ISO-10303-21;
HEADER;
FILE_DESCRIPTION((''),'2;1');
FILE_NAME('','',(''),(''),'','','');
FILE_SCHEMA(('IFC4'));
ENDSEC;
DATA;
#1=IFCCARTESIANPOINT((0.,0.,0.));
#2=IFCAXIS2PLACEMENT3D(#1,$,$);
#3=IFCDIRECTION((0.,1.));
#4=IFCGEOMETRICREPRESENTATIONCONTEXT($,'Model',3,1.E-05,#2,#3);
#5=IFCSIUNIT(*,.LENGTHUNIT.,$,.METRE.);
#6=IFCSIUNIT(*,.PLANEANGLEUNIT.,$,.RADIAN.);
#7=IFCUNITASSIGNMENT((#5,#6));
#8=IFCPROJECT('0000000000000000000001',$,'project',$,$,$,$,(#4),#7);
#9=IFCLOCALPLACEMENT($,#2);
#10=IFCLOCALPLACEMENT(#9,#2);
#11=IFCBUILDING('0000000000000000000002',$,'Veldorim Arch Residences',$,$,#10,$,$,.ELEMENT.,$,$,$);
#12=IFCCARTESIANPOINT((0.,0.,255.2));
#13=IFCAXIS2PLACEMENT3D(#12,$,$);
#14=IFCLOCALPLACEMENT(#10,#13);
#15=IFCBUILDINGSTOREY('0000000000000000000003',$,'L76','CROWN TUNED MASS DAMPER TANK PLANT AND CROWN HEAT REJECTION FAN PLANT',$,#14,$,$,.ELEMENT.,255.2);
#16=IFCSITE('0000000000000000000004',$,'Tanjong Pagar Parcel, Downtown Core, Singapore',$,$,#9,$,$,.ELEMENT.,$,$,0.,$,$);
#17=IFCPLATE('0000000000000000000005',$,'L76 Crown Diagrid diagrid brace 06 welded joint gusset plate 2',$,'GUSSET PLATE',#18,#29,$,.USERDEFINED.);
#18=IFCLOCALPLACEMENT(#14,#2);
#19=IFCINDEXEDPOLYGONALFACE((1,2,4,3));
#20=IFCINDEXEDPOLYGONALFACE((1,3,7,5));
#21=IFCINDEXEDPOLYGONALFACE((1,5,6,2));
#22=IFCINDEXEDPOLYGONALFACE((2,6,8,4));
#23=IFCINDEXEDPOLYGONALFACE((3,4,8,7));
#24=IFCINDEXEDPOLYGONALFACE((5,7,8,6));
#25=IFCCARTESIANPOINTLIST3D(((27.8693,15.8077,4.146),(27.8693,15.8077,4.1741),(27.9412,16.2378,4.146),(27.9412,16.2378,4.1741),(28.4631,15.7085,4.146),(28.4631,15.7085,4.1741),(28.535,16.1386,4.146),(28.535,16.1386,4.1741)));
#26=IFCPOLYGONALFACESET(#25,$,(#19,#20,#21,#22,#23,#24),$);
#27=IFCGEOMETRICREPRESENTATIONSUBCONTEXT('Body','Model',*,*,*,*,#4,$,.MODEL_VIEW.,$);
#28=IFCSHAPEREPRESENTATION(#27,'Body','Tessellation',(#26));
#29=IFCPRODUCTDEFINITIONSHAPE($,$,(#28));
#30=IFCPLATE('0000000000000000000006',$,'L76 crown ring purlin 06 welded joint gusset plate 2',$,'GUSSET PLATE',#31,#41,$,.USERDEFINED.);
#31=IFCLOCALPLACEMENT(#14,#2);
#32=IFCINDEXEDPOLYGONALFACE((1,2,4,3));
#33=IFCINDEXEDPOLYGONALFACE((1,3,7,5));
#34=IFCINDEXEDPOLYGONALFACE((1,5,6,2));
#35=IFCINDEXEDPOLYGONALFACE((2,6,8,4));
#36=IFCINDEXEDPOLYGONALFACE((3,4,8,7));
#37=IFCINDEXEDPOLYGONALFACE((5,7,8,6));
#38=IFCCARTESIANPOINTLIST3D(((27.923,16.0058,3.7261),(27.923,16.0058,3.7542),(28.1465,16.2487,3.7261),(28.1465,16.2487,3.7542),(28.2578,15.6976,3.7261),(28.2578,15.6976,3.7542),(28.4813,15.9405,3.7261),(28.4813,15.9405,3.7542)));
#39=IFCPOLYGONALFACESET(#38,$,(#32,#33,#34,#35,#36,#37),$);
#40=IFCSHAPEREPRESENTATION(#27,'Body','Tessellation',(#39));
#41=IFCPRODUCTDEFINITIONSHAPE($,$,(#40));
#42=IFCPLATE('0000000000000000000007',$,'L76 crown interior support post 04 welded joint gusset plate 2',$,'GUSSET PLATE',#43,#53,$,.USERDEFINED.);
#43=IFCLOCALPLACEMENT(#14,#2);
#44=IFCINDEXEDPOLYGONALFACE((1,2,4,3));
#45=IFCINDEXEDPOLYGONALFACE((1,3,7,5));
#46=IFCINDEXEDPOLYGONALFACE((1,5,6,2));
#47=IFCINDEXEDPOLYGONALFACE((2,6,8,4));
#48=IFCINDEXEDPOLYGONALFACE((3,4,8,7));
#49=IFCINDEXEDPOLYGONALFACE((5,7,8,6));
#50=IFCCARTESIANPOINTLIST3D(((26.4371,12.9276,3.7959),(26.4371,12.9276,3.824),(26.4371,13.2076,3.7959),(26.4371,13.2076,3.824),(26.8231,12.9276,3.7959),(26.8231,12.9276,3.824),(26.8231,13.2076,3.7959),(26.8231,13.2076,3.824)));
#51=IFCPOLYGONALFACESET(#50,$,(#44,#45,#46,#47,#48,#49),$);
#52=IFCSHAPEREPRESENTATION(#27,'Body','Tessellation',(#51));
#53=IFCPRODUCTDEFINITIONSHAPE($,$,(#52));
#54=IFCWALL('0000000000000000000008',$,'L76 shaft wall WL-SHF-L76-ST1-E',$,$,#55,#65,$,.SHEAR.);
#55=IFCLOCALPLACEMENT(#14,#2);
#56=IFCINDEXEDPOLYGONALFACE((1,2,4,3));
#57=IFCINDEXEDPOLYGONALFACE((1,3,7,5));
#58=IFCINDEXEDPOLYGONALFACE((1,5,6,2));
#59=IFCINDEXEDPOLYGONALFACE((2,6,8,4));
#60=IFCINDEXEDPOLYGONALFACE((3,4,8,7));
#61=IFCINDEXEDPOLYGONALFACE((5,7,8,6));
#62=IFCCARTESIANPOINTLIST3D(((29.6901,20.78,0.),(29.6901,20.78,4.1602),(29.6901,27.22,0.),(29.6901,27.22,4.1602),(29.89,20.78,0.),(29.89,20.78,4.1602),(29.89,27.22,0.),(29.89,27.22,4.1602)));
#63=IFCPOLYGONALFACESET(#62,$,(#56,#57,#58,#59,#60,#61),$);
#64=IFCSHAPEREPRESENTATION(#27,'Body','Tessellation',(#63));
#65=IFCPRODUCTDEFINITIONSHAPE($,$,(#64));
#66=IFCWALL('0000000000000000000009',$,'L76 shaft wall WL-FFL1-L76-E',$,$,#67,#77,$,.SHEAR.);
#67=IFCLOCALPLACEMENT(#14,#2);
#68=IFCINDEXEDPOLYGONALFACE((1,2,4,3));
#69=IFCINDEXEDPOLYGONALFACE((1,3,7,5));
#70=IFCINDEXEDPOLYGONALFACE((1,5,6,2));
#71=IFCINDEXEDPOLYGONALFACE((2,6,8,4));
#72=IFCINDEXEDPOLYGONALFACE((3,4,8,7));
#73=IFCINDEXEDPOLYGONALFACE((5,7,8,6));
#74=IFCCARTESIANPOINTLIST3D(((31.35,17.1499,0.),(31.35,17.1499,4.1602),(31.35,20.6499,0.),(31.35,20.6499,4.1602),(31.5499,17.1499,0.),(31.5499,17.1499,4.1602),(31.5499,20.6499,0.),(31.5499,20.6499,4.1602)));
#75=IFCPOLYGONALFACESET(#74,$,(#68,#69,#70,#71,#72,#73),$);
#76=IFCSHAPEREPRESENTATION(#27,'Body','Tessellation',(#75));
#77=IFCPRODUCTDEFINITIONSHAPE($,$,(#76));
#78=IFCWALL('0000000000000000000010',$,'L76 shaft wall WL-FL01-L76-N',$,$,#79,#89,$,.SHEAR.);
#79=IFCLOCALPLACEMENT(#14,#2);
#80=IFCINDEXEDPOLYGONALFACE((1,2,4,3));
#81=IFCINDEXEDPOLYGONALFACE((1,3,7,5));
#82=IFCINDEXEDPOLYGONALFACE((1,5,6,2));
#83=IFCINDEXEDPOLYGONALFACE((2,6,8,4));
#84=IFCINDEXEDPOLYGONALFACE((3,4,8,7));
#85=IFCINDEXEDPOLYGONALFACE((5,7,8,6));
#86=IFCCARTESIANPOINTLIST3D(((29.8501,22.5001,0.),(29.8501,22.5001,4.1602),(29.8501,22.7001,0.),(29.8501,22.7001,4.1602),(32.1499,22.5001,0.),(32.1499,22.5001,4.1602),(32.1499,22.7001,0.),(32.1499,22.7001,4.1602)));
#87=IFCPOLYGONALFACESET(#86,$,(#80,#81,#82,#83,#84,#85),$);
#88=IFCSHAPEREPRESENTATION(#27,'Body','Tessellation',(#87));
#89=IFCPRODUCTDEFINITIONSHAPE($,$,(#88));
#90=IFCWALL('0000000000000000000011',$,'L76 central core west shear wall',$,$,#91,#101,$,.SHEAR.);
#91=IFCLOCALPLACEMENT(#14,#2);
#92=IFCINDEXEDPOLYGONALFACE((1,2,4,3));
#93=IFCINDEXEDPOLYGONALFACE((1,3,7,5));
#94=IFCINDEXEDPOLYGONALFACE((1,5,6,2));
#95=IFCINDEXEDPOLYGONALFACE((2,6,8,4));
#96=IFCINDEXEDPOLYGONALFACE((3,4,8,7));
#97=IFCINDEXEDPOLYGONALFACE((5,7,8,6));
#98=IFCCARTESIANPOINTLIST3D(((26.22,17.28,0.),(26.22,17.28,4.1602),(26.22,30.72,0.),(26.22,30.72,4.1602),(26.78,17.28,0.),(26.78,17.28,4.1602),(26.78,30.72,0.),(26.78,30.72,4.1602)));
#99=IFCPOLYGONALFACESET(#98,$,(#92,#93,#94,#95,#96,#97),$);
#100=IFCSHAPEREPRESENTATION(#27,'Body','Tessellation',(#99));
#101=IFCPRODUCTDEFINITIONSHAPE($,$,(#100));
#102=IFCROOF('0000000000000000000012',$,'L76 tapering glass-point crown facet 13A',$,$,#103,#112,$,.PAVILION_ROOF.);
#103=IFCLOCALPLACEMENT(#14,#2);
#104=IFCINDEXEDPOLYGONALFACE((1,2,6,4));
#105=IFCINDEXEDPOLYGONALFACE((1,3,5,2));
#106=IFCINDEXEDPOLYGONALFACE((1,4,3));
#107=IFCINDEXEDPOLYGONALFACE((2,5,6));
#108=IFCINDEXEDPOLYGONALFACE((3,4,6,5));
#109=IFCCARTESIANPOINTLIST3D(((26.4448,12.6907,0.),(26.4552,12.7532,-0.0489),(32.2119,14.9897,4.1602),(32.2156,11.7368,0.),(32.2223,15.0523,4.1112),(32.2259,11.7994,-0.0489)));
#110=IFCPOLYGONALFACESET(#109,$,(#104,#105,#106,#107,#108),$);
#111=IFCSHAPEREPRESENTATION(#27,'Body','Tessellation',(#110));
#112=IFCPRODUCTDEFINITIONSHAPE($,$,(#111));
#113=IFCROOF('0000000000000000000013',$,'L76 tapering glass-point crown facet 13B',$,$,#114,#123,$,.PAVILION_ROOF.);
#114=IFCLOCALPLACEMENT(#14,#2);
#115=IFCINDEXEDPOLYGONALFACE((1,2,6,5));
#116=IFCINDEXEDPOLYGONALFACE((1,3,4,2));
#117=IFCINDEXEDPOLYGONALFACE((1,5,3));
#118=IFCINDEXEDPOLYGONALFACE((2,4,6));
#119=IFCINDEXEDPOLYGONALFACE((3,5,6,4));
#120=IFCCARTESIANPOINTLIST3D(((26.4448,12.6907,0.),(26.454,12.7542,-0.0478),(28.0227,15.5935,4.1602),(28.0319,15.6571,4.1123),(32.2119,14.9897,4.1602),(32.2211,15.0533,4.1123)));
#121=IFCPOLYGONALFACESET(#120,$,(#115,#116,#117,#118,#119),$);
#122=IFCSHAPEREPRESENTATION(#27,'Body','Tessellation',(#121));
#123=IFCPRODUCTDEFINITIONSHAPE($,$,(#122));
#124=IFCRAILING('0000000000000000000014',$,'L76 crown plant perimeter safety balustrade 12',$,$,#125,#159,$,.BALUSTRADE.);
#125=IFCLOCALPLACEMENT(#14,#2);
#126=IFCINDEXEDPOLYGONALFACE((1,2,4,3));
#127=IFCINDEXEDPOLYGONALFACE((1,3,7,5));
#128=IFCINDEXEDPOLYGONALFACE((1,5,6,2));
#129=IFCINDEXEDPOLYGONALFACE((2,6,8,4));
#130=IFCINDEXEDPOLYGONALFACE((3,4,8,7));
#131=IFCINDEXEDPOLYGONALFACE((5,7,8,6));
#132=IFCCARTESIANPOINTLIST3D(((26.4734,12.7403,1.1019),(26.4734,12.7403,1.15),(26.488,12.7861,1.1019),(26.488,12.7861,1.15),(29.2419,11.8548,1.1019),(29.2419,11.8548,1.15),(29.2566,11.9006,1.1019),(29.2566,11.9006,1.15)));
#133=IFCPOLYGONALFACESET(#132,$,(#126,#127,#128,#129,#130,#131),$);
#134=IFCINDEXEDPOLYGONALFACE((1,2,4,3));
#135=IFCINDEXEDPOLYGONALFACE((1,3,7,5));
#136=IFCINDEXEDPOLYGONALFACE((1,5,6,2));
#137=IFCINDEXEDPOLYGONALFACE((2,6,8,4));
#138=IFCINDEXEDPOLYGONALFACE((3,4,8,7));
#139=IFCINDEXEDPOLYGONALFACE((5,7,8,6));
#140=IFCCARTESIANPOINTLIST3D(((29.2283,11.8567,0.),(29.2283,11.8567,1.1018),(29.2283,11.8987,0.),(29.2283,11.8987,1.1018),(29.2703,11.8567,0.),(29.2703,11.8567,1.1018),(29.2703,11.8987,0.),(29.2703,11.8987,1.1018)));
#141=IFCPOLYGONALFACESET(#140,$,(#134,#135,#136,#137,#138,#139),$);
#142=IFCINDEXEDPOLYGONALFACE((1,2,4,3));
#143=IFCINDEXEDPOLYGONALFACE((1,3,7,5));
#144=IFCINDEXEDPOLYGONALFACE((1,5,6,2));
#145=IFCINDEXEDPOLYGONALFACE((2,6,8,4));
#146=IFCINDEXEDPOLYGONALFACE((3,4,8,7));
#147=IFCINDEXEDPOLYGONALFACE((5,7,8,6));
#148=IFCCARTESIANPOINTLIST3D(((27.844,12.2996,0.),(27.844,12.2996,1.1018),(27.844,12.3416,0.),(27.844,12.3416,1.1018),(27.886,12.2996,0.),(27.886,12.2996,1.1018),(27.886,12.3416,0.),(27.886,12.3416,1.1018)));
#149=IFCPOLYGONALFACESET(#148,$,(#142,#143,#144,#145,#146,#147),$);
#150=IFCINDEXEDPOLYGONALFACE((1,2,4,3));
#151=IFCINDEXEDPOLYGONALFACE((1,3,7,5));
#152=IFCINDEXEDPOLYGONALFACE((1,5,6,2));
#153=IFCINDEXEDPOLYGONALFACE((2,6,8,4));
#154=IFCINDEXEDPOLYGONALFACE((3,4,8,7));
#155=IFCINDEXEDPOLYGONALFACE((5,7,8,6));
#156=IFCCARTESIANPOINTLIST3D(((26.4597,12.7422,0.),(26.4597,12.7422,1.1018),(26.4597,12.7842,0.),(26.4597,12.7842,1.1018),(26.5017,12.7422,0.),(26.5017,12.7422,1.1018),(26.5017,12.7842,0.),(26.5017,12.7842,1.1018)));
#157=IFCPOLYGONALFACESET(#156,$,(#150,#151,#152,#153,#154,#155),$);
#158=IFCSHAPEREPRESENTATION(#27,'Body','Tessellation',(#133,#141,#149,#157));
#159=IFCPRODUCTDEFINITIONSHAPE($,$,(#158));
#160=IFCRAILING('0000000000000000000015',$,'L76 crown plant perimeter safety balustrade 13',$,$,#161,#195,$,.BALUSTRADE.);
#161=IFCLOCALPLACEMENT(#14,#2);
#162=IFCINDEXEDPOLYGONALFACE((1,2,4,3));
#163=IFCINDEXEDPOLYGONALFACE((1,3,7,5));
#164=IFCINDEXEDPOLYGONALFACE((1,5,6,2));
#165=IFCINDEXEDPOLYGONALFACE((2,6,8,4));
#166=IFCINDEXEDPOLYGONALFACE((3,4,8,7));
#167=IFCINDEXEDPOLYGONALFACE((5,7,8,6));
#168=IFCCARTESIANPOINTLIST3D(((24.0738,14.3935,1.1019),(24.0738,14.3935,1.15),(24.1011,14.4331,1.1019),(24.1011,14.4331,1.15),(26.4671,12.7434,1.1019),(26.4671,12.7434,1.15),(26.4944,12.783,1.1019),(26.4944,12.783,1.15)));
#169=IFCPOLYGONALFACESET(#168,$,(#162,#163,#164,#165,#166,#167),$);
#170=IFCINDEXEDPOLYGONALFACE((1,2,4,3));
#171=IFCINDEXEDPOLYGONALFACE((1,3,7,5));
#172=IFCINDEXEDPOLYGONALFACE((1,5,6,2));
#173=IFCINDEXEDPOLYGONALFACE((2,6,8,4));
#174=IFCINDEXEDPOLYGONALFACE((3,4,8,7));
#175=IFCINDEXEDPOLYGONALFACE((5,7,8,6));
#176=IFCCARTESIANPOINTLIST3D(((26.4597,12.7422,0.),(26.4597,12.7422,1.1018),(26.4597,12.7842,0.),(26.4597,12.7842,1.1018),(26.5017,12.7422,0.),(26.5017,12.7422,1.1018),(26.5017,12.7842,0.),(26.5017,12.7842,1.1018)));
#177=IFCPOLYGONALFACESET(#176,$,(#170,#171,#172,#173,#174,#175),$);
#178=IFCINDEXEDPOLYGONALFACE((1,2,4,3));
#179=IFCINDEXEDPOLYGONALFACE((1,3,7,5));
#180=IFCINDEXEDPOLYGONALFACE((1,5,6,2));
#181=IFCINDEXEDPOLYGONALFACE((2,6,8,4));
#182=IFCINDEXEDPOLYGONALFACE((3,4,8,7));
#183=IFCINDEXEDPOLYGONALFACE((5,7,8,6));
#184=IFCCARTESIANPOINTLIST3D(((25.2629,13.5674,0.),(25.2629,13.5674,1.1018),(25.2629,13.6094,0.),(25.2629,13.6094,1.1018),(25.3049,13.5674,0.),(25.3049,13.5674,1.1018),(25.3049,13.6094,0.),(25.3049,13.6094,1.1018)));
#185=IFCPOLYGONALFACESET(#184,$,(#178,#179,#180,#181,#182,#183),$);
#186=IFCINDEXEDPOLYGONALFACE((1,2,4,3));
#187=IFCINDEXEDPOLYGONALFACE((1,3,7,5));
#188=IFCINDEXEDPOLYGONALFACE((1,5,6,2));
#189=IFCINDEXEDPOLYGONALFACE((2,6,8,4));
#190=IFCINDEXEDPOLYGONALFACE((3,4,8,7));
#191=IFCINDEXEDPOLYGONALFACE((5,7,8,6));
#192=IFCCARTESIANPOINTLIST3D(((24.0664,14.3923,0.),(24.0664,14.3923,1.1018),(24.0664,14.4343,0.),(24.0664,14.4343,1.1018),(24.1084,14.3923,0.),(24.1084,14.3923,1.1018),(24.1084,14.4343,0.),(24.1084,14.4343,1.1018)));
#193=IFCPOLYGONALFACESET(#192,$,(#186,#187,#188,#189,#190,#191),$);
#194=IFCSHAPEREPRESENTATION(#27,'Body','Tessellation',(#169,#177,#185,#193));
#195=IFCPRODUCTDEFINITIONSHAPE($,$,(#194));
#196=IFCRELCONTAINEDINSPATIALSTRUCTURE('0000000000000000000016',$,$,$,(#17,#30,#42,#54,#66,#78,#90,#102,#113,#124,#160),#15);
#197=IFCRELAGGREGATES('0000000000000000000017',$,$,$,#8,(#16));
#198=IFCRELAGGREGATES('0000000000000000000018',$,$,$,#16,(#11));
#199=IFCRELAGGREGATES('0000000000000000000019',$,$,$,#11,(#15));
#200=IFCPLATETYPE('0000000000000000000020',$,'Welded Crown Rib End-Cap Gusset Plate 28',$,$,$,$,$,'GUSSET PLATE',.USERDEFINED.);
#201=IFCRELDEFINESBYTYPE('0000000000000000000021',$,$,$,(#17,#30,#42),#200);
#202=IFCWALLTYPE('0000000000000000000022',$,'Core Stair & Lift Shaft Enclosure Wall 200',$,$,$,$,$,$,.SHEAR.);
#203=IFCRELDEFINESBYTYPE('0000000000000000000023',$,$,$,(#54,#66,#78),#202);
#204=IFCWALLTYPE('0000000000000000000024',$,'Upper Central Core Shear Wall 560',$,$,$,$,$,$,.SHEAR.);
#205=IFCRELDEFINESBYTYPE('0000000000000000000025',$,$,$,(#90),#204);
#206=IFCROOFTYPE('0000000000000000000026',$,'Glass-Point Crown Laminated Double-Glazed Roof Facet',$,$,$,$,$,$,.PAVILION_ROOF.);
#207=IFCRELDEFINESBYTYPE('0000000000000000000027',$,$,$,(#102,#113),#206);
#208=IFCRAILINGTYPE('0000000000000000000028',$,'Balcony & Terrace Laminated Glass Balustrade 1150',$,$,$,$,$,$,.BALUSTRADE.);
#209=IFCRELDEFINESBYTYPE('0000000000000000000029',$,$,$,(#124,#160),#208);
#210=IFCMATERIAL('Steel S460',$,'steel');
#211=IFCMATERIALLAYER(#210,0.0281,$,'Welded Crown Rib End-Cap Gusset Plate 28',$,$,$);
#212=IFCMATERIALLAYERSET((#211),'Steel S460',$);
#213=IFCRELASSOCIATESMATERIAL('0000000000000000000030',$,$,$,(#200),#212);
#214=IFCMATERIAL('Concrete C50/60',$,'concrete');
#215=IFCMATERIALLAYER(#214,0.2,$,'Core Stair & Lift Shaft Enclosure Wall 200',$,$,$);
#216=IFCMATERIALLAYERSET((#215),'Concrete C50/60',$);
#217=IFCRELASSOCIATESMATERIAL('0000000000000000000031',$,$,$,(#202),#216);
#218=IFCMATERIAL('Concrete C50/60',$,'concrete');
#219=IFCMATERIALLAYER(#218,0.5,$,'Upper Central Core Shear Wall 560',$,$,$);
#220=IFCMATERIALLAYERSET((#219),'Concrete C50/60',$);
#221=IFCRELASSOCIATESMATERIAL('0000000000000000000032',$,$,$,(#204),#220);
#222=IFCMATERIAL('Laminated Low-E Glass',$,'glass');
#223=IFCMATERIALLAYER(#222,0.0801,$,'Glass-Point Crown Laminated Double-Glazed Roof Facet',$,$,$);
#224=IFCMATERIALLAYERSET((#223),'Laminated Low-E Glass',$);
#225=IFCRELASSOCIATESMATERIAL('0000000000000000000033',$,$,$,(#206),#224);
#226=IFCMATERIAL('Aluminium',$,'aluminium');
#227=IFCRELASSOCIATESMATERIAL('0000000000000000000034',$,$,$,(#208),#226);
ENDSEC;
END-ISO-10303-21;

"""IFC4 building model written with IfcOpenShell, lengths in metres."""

from ifc_helpers import new_model, si_unit, direction, frame, frame_2d, origin, origin_2d, place, context, subcontext, project, spatial, polyline, rectangle, outline, extrude, material, layer, layer_set, type_object, element, save


model = new_model("IFC4")

# Units and contexts
model_context = context("Model", 3, precision=1e-05, world=origin(), true_north=direction((0.0, 1.0)))
body_context = subcontext(model_context, "Body", "Model", "MODEL_VIEW")
ifc_project = project(units=[si_unit("LENGTHUNIT", "METRE"), si_unit("PLANEANGLEUNIT", "RADIAN")], contexts=[model_context])

# Site, building, storey
site_placement = place(None, origin())
site = spatial("IfcSite", under=ifc_project, at=site_placement, Name="Tanjong Pagar Parcel, Downtown Core, Singapore", CompositionType="ELEMENT", RefElevation=0.0)
building_placement = place(site_placement, origin())
building = spatial("IfcBuilding", under=site, at=building_placement, Name="Veldorim Arch Residences", CompositionType="ELEMENT")
storey_placement = place(building_placement, frame((0.0, 0.0, 255.2)))
storey = spatial("IfcBuildingStorey", under=building, at=storey_placement, Name="L76", Description="CROWN TUNED MASS DAMPER TANK PLANT AND CROWN HEAT REJECTION FAN PLANT", CompositionType="ELEMENT", Elevation=255.2)

# Plates
ifc_material_1 = material(Name="Steel S460", Category="steel")
ifc_layer_1 = layer(ifc_material_1, 0.0281, Name="Welded Crown Rib End-Cap Gusset Plate 28")
ifc_layer_set_1 = layer_set([ifc_layer_1], Name="Steel S460")
plate_type = type_object("IfcPlateType", Name="Welded Crown Rib End-Cap Gusset Plate 28", ElementType="GUSSET PLATE", PredefinedType="USERDEFINED", material=ifc_layer_set_1)
plate_1_placement = place(storey_placement, frame((28.2021, 15.9731, 4.146), z_axis=(0.0, 0.0, 1.0), x_axis=(0.986335, -0.164755, 0.0)))
element("IfcPlate", 1, at=plate_1_placement, inside=storey, type_object=plate_type, Name="L76 Crown Diagrid diagrid brace 06 welded joint gusset plate 2", ObjectType="GUSSET PLATE", PredefinedType="USERDEFINED", context=body_context, shape_type="SweptSolid", body=[
    extrude(rectangle(XDim=0.6021, YDim=0.436, at=origin_2d()), origin(), (0.0, 0.0, 1.0), 0.0281),
])
plate_2_placement = place(storey_placement, frame((28.2021, 15.9731, 3.7261), z_axis=(0.0, 0.0, 1.0), x_axis=(0.735837, -0.677159, 0.0)))
element("IfcPlate", 2, at=plate_2_placement, inside=storey, type_object=plate_type, Name="L76 crown ring purlin 06 welded joint gusset plate 2", ObjectType="GUSSET PLATE", PredefinedType="USERDEFINED", context=body_context, shape_type="SweptSolid", body=[
    extrude(rectangle(XDim=0.4551, YDim=0.3301, at=origin_2d()), origin(), (0.0, 0.0, 1.0), 0.0281),
])
plate_3_placement = place(storey_placement, frame((26.6301, 13.0676, 3.7959), z_axis=(0.0, 0.0, 1.0), x_axis=(1.0, 0.0, 0.0)))
element("IfcPlate", 3, at=plate_3_placement, inside=storey, type_object=plate_type, Name="L76 crown interior support post 04 welded joint gusset plate 2", ObjectType="GUSSET PLATE", PredefinedType="USERDEFINED", context=body_context, shape_type="SweptSolid", body=[
    extrude(rectangle(XDim=0.386, YDim=0.28, at=origin_2d()), origin(), (0.0, 0.0, 1.0), 0.0281),
])

# Wall
ifc_material_2 = material(Name="Concrete C50/60", Category="concrete")
ifc_layer_2 = layer(ifc_material_2, 0.2, Name="Core Stair & Lift Shaft Enclosure Wall 200")
ifc_layer_set_2 = layer_set([ifc_layer_2], Name="Concrete C50/60")
wall_type_1 = type_object("IfcWallType", Name="Core Stair & Lift Shaft Enclosure Wall 200", PredefinedType="SHEAR", material=ifc_layer_set_2)
wall_1_placement = place(storey_placement, frame((29.79, 20.78, 0.0), z_axis=(0.0, 0.0, 1.0), x_axis=(0.0, 1.0, 0.0)))
element("IfcWall", 4, at=wall_1_placement, inside=storey, type_object=wall_type_1, Name="L76 shaft wall WL-SHF-L76-ST1-E", PredefinedType="SHEAR", context=body_context, shape_type="SweptSolid", body=[
    extrude(rectangle(XDim=6.4399, YDim=0.2, at=frame_2d((3.22, 0.0))), origin(), (0.0, 0.0, 1.0), 4.1602),
])

# Wall
wall_2_placement = place(storey_placement, frame((31.45, 17.1499, 0.0), z_axis=(0.0, 0.0, 1.0), x_axis=(0.0, 1.0, 0.0)))
element("IfcWall", 5, at=wall_2_placement, inside=storey, type_object=wall_type_1, Name="L76 shaft wall WL-FFL1-L76-E", PredefinedType="SHEAR", context=body_context, shape_type="SweptSolid", body=[
    extrude(rectangle(XDim=3.5, YDim=0.2, at=frame_2d((1.75, 0.0))), origin(), (0.0, 0.0, 1.0), 4.1602),
])

# Wall
wall_3_placement = place(storey_placement, frame((29.8501, 22.6001, 0.0), z_axis=(0.0, 0.0, 1.0), x_axis=(1.0, 0.0, 0.0)))
element("IfcWall", 6, at=wall_3_placement, inside=storey, type_object=wall_type_1, Name="L76 shaft wall WL-FL01-L76-N", PredefinedType="SHEAR", context=body_context, shape_type="SweptSolid", body=[
    extrude(rectangle(XDim=2.2998, YDim=0.2, at=frame_2d((1.1499, 0.0))), origin(), (0.0, 0.0, 1.0), 4.1602),
])

# Shared definitions
ifc_material_3 = material(Name="Concrete C50/60", Category="concrete")
ifc_layer_3 = layer(ifc_material_3, 0.5, Name="Upper Central Core Shear Wall 560")
ifc_layer_set_3 = layer_set([ifc_layer_3], Name="Concrete C50/60")
wall_type_2 = type_object("IfcWallType", Name="Upper Central Core Shear Wall 560", PredefinedType="SHEAR", material=ifc_layer_set_3)

# Wall
wall_4_placement = place(storey_placement, frame((26.5, 17.28, 0.0), z_axis=(0.0, 0.0, 1.0), x_axis=(0.0, 1.0, 0.0)))
element("IfcWall", 7, at=wall_4_placement, inside=storey, type_object=wall_type_2, Name="L76 central core west shear wall", PredefinedType="SHEAR", context=body_context, shape_type="SweptSolid", body=[
    extrude(rectangle(XDim=13.4399, YDim=0.5601, at=frame_2d((6.72, 0.0))), origin(), (0.0, 0.0, 1.0), 4.1602),
])

# Roofs
ifc_material_4 = material(Name="Laminated Low-E Glass", Category="glass")
ifc_layer_4 = layer(ifc_material_4, 0.0801, Name="Glass-Point Crown Laminated Double-Glazed Roof Facet")
ifc_layer_set_4 = layer_set([ifc_layer_4], Name="Laminated Low-E Glass")
roof_type = type_object("IfcRoofType", Name="Glass-Point Crown Laminated Double-Glazed Roof Facet", PredefinedType="PAVILION_ROOF", material=ifc_layer_set_4)
roof_1_placement = place(storey_placement, frame((26.4448, 12.6907, 0.0), z_axis=(-0.12913, -0.781226, 0.610746), x_axis=(0.986613, -0.163079, 0.0)))
element("IfcRoof", 8, at=roof_1_placement, inside=storey, type_object=roof_type, Name="L76 tapering glass-point crown facet 13A", PredefinedType="PAVILION_ROOF", context=body_context, shape_type="SweptSolid", body=[
    extrude(outline(polyline([(0.0, 0.0), (5.8491, 0.0), (5.315, 5.2539), (0.0, 0.0)])), origin(), (0.0, 0.0, -1.0), 0.0801),
])
roof_2_placement = place(storey_placement, frame((26.4448, 12.6907, 0.0), z_axis=(-0.114407, -0.793819, 0.597296), x_axis=(0.77168, 0.307633, 0.556661)))
element("IfcRoof", 9, at=roof_2_placement, inside=storey, type_object=roof_type, Name="L76 tapering glass-point crown facet 13B", PredefinedType="PAVILION_ROOF", context=body_context, shape_type="SweptSolid", body=[
    extrude(outline(polyline([(0.0, 0.0), (7.4734, 0.0), (4.4264, 2.9377), (0.0, 0.0)])), origin(), (0.0, 0.0, -1.0), 0.0801),
])

# Railings
ifc_material_5 = material(Name="Aluminium", Category="aluminium")
railing_type_1 = type_object("IfcRailingType", Name="Balcony & Terrace Laminated Glass Balustrade 1150", PredefinedType="BALUSTRADE", material=ifc_material_5)
railing_1_placement = place(storey_placement, frame((29.2493, 11.8777, 0.0)))
element("IfcRailing", 10, at=railing_1_placement, inside=storey, type_object=railing_type_1, Name="L76 crown plant perimeter safety balustrade 12", PredefinedType="BALUSTRADE", context=body_context, shape_type="SweptSolid", body=[
    extrude(rectangle(XDim=0.0481, YDim=0.0481, at=origin_2d()), frame((0.0, 0.0, 1.126), z_axis=(-0.952468, 0.304639, 0.0), x_axis=(-0.304639, -0.952468, 0.0)), (0.0, 0.0, 1.0), 2.9067),
    extrude(rectangle(XDim=0.042, YDim=0.042, at=origin_2d()), origin(), (0.0, 0.0, 1.0), 1.1018),
    extrude(rectangle(XDim=0.042, YDim=0.042, at=origin_2d()), frame((-1.3843, 0.4429, 0.0)), (0.0, 0.0, 1.0), 1.1018),
    extrude(rectangle(XDim=0.042, YDim=0.042, at=origin_2d()), frame((-2.7686, 0.8855, 0.0)), (0.0, 0.0, 1.0), 1.1018),
])
railing_2_placement = place(storey_placement, frame((26.4807, 12.7632, 0.0)))
element("IfcRailing", 11, at=railing_2_placement, inside=storey, type_object=railing_type_1, Name="L76 crown plant perimeter safety balustrade 13", PredefinedType="BALUSTRADE", context=body_context, shape_type="SweptSolid", body=[
    extrude(rectangle(XDim=0.0481, YDim=0.0481, at=origin_2d()), frame((0.0, 0.0, 1.126), z_axis=(-0.823279, 0.567637, 0.0), x_axis=(-0.567637, -0.823279, 0.0)), (0.0, 0.0, 1.0), 2.907),
    extrude(rectangle(XDim=0.042, YDim=0.042, at=origin_2d()), origin(), (0.0, 0.0, 1.0), 1.1018),
    extrude(rectangle(XDim=0.042, YDim=0.042, at=origin_2d()), frame((-1.1968, 0.8252, 0.0)), (0.0, 0.0, 1.0), 1.1018),
    extrude(rectangle(XDim=0.042, YDim=0.042, at=origin_2d()), frame((-2.3933, 1.6501, 0.0)), (0.0, 0.0, 1.0), 1.1018),
])

save(model, "model.ifc")
